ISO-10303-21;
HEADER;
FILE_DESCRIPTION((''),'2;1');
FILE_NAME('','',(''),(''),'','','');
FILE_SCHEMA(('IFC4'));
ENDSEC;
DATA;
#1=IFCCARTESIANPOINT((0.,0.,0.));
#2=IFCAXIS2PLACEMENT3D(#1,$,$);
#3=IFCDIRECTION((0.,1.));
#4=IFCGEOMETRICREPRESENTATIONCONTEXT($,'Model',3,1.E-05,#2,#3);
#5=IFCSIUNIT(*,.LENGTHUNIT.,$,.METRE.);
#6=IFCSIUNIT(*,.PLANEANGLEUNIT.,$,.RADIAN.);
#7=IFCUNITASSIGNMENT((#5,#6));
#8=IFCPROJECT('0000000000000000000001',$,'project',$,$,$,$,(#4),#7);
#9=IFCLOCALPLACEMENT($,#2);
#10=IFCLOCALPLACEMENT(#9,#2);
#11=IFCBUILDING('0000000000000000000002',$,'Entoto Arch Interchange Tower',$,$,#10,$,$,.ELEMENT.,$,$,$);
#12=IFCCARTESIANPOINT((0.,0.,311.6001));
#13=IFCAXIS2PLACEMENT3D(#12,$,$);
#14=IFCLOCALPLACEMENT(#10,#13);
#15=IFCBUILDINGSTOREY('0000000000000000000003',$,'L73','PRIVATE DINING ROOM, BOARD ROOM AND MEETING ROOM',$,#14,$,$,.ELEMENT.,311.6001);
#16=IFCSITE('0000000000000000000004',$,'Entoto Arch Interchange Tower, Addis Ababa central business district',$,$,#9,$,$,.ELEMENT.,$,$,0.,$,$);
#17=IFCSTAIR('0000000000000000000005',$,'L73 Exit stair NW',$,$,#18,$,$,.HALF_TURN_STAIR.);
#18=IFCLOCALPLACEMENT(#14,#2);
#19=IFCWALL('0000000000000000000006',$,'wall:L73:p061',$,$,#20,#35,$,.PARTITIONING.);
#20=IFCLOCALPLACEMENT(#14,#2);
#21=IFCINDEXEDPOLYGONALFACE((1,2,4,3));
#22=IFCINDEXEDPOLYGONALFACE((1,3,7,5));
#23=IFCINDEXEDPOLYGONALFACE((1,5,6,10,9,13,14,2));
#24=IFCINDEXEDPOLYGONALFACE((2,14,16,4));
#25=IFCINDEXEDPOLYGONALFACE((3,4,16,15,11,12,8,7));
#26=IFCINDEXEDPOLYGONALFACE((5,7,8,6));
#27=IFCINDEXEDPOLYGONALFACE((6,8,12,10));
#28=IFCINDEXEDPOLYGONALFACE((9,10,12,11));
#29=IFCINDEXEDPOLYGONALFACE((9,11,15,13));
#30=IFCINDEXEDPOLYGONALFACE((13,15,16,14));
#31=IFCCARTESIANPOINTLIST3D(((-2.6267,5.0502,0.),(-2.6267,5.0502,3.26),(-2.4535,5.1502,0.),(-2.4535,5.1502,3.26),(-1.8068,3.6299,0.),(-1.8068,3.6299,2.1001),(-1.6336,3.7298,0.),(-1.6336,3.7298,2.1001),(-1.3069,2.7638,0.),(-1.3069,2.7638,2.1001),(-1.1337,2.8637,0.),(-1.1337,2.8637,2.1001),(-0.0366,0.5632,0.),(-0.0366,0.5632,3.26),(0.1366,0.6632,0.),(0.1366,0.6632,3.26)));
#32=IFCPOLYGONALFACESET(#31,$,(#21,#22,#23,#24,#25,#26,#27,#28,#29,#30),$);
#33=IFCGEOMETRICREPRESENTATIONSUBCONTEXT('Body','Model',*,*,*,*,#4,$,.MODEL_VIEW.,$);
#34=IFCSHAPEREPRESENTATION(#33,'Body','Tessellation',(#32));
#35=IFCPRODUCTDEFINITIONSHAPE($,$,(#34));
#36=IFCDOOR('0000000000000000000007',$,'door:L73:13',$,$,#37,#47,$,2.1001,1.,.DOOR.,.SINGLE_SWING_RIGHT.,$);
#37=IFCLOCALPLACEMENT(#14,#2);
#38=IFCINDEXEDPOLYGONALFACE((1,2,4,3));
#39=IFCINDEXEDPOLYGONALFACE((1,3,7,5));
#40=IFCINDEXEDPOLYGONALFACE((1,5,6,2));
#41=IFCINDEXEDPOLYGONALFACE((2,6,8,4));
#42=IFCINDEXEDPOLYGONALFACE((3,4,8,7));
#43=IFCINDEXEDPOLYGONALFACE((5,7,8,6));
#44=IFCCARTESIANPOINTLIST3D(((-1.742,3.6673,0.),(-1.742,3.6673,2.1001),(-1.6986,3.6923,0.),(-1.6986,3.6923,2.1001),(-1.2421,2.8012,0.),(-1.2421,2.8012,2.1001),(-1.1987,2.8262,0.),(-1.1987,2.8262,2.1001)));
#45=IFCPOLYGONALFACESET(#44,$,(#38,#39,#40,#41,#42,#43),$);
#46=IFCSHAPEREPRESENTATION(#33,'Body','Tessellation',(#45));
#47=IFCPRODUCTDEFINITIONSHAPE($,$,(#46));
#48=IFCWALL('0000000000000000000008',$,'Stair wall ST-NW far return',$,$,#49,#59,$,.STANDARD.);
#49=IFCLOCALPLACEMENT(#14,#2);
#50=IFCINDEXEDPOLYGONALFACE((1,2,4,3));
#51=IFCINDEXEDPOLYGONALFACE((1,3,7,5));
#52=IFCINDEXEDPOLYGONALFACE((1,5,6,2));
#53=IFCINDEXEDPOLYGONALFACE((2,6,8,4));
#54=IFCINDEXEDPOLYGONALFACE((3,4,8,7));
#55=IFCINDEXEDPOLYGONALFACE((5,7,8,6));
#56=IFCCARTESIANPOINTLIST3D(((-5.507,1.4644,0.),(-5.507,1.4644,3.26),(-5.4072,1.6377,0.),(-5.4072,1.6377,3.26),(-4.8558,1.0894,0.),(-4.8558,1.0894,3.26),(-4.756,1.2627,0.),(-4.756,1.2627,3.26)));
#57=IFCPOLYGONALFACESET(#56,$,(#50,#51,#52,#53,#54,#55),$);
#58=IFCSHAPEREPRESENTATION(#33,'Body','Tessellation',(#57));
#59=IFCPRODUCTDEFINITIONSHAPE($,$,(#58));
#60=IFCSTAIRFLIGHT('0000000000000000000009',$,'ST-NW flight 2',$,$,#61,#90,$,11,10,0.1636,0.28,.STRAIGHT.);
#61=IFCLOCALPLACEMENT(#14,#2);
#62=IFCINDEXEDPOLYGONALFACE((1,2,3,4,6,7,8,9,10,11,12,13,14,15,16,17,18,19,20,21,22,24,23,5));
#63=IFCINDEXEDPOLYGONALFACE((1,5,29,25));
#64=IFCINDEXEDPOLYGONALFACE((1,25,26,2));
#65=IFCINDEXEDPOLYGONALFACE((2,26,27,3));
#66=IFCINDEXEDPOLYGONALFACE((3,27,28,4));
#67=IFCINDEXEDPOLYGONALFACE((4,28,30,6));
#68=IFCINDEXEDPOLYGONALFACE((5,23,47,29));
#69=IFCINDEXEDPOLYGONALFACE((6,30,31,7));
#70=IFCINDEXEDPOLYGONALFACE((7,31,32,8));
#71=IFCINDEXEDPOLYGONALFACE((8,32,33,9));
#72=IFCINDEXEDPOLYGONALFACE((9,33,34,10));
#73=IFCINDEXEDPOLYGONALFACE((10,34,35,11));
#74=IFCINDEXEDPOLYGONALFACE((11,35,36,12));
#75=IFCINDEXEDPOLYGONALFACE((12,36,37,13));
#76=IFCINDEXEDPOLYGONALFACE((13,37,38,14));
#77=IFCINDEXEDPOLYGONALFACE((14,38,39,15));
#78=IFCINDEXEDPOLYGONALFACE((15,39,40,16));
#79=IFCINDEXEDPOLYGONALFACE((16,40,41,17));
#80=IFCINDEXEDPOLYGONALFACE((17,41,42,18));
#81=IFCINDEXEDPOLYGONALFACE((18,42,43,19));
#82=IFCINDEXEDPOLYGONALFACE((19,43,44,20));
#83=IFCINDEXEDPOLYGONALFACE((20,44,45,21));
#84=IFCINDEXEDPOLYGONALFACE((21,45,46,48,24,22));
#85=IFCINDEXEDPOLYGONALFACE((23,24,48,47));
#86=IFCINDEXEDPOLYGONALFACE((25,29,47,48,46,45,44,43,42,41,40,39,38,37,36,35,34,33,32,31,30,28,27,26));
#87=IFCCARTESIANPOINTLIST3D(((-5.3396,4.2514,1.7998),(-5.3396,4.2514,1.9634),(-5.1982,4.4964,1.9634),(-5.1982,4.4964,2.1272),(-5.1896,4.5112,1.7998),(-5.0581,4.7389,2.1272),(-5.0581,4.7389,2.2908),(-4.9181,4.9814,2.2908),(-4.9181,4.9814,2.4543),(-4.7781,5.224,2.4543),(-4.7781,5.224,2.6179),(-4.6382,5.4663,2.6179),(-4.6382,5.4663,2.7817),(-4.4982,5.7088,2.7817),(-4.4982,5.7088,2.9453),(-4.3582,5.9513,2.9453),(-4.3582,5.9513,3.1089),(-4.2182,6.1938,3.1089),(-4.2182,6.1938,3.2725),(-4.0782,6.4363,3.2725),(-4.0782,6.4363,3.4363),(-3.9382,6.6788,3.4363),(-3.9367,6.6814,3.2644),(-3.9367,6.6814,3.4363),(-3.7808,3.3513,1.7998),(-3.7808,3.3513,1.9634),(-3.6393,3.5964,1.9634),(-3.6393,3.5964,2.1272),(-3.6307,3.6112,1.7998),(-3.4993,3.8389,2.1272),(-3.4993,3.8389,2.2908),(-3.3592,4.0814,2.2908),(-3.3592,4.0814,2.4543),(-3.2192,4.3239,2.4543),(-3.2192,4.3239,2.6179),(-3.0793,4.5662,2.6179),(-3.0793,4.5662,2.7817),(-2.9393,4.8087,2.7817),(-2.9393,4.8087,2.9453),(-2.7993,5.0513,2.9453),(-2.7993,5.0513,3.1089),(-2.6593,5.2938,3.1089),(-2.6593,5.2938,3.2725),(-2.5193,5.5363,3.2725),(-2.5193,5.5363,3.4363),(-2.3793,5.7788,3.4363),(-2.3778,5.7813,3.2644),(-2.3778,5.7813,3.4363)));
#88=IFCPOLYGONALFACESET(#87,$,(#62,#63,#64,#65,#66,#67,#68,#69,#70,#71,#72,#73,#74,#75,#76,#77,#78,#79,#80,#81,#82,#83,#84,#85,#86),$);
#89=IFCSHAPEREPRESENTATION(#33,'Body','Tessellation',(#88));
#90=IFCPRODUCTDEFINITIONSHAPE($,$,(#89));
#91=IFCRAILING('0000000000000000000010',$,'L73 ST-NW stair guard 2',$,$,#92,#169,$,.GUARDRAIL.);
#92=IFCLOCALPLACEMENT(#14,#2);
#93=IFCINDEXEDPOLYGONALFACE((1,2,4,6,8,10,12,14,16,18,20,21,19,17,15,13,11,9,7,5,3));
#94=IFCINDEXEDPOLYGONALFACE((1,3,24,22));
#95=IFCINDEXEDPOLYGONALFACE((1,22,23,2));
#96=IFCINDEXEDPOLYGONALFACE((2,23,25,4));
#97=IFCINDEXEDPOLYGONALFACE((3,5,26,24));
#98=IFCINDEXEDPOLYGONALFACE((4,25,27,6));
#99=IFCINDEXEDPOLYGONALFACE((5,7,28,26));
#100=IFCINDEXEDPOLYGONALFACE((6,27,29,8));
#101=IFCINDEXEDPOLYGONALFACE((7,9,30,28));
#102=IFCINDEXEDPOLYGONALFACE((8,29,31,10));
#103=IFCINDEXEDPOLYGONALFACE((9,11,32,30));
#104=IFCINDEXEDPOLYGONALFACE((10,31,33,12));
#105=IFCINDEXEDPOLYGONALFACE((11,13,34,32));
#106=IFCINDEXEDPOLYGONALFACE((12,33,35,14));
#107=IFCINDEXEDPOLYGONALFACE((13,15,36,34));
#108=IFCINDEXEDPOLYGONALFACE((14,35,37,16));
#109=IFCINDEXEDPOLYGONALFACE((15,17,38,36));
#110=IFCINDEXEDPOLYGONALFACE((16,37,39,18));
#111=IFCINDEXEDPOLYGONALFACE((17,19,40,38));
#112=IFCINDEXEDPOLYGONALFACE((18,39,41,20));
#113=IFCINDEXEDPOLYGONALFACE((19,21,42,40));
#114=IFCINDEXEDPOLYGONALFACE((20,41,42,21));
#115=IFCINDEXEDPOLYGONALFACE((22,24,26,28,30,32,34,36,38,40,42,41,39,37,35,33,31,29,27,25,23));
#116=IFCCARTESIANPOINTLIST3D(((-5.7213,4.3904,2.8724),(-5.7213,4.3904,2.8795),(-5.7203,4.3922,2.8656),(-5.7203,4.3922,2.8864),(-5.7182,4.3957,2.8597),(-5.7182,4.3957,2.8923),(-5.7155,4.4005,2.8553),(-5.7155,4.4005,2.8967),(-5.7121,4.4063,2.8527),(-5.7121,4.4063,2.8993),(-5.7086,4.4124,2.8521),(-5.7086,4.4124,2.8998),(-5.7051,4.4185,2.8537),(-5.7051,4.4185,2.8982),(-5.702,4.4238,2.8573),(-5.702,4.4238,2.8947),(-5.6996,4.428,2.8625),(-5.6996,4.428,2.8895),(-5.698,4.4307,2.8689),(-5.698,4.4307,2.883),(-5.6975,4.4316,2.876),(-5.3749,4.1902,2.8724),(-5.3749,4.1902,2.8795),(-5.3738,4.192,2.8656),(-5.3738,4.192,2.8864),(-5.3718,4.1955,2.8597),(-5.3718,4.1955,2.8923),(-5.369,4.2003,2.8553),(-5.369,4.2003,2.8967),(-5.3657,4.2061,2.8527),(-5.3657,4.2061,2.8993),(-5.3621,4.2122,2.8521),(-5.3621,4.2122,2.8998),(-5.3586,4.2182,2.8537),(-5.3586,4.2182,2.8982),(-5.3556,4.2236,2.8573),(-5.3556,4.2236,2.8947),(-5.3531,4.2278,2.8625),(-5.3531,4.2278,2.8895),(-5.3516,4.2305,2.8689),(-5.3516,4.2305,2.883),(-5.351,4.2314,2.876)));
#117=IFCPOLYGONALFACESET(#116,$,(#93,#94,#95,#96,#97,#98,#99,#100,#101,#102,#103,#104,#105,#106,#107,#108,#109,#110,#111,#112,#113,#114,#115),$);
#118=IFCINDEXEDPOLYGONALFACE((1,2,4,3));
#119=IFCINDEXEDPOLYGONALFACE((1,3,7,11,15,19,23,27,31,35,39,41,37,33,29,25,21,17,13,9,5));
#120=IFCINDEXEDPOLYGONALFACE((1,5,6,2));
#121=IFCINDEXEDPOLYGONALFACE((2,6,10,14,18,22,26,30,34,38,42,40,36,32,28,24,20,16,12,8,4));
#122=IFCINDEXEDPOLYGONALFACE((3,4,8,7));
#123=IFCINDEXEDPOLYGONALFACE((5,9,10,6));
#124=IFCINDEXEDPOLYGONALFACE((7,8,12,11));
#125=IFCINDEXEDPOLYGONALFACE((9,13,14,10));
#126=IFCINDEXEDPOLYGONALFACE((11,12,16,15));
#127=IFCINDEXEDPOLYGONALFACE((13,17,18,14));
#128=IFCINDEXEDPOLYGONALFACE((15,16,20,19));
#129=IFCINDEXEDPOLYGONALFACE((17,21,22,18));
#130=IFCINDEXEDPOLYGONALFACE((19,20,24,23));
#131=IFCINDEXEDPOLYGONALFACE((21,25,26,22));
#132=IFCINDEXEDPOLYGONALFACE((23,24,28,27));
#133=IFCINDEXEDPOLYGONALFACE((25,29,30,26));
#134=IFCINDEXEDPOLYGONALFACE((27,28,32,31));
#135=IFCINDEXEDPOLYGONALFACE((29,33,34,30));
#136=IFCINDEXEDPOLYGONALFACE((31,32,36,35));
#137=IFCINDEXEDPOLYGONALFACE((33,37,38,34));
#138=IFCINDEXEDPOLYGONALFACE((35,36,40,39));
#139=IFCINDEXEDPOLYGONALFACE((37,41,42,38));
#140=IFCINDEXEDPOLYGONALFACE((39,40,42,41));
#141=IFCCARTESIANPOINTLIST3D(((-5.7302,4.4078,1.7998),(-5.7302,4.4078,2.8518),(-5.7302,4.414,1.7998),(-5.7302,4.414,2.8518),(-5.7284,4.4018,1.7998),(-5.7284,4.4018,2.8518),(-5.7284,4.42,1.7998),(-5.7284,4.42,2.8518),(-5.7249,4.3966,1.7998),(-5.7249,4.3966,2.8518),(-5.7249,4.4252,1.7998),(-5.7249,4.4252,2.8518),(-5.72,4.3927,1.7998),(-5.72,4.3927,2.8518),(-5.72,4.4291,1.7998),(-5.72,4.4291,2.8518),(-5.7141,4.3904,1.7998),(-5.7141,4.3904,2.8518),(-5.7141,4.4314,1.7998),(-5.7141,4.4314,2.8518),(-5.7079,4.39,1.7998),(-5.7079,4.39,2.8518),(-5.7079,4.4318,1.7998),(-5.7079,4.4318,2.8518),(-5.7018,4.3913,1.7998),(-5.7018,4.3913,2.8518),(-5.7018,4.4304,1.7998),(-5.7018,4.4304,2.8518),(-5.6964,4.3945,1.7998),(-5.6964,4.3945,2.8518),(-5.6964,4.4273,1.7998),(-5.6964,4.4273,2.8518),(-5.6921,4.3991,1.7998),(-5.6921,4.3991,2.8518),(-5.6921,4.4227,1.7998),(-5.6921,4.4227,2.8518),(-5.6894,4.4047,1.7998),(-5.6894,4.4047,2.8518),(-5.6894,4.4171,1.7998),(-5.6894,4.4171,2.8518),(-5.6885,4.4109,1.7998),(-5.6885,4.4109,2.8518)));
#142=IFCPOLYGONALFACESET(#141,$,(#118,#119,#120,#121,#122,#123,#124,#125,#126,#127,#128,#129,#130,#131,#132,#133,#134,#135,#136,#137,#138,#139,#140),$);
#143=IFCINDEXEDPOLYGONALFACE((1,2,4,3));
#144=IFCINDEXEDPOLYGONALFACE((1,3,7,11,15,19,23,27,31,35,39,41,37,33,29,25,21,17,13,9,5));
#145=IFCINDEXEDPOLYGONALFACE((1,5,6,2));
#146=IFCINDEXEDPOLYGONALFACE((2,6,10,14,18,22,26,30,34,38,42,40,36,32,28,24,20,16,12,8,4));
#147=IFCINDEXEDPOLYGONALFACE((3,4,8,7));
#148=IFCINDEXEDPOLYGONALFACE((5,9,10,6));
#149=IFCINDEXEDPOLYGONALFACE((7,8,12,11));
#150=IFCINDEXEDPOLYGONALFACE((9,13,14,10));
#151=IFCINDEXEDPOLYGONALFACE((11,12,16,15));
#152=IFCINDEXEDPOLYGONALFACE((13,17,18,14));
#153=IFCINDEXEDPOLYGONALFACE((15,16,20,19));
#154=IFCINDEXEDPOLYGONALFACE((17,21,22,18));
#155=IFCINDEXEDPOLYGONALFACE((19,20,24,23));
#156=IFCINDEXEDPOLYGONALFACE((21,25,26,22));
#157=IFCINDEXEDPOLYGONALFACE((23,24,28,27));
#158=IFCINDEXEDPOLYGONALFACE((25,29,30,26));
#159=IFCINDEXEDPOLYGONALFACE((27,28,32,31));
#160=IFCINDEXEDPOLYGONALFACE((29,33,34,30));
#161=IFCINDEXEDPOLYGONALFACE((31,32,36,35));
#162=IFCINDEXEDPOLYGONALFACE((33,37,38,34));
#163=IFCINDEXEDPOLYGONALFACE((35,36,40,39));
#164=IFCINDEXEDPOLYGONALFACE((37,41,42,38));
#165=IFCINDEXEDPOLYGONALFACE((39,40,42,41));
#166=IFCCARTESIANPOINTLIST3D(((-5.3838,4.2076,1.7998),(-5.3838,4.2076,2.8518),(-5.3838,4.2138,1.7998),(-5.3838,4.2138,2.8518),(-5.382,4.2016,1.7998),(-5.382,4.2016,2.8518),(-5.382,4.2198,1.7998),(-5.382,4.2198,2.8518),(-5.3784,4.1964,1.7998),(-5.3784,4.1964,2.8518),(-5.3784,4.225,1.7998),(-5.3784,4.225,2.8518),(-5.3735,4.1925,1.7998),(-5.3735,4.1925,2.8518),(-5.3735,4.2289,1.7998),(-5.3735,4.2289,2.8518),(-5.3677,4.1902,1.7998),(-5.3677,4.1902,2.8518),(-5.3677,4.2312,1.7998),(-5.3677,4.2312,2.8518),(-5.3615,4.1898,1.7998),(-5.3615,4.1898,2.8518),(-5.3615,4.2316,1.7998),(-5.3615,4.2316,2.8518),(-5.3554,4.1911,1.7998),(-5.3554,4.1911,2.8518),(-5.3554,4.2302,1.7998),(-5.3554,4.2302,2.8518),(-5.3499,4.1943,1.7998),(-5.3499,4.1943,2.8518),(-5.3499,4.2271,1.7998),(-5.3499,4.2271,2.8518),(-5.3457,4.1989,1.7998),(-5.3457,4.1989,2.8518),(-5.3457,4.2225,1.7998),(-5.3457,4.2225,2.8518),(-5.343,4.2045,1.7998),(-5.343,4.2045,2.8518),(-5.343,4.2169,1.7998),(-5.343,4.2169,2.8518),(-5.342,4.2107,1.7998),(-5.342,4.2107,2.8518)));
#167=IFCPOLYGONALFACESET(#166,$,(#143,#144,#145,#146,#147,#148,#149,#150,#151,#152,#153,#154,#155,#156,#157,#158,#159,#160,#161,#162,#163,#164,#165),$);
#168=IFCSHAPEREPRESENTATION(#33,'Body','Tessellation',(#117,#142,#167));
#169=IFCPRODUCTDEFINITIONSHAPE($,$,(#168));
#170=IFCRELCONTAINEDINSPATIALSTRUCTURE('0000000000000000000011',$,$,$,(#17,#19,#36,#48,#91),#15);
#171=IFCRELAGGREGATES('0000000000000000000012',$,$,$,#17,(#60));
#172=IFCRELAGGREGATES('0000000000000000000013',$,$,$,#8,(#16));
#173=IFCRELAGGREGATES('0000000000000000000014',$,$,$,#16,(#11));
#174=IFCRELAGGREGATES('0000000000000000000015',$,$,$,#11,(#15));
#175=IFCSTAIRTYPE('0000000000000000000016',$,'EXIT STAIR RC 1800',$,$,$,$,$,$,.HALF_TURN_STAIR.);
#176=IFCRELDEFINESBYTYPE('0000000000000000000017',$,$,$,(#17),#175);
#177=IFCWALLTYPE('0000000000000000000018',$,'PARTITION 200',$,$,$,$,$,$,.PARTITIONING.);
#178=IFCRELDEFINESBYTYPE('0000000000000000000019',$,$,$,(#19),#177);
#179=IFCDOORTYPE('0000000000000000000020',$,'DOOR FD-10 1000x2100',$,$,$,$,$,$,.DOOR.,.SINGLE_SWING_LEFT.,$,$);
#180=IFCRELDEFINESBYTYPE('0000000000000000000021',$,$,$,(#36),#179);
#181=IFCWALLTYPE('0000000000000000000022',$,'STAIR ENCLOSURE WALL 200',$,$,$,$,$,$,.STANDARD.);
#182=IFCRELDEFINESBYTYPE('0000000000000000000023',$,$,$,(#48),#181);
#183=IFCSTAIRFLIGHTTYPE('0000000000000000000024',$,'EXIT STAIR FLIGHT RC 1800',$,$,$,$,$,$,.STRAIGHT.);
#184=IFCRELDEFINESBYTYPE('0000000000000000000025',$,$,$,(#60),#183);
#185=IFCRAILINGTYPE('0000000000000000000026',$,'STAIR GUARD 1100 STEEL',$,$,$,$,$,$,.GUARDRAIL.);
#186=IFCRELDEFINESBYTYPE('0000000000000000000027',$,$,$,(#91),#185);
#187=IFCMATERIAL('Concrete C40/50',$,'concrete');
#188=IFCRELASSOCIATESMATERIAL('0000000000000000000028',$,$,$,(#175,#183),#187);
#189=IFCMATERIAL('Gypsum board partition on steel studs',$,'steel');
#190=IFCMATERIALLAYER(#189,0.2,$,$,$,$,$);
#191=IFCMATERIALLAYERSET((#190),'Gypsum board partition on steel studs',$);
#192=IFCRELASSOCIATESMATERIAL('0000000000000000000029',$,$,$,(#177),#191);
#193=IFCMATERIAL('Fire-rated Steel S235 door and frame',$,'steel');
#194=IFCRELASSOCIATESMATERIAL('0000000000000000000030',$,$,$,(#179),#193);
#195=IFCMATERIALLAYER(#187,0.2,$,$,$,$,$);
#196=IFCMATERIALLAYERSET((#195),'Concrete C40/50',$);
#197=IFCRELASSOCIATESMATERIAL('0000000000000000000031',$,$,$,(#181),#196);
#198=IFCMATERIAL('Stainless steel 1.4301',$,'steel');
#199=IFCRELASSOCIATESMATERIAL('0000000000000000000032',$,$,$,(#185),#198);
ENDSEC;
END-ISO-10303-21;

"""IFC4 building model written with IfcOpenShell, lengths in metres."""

from ifc_helpers import new_model, si_unit, direction, frame, frame_2d, origin, origin_2d, place, context, subcontext, project, spatial, polyline, rectangle, circle, outline, extrude, material, layer, layer_set, type_object, element, fill, aggregate, save


model = new_model("IFC4")

# Units and contexts
model_context = context("Model", 3, precision=1e-05, world=origin(), true_north=direction((0.0, 1.0)))
body_context = subcontext(model_context, "Body", "Model", "MODEL_VIEW")
ifc_project = project(units=[si_unit("LENGTHUNIT", "METRE"), si_unit("PLANEANGLEUNIT", "RADIAN")], contexts=[model_context])

# Site, building, storey
site_placement = place(None, origin())
site = spatial("IfcSite", under=ifc_project, at=site_placement, Name="Entoto Arch Interchange Tower, Addis Ababa central business district", CompositionType="ELEMENT", RefElevation=0.0)
building_placement = place(site_placement, origin())
building = spatial("IfcBuilding", under=site, at=building_placement, Name="Entoto Arch Interchange Tower", CompositionType="ELEMENT")
storey_placement = place(building_placement, frame((0.0, 0.0, 311.6001)))
storey = spatial("IfcBuildingStorey", under=building, at=storey_placement, Name="L73", Description="PRIVATE DINING ROOM, BOARD ROOM AND MEETING ROOM", CompositionType="ELEMENT", Elevation=311.6001)

# Shared definitions
ifc_material_1 = material(Name="Concrete C40/50", Category="concrete")

# Stair
stair_type = type_object("IfcStairType", Name="EXIT STAIR RC 1800", PredefinedType="HALF_TURN_STAIR", material=ifc_material_1)
stair_1_placement = place(storey_placement, origin())
stair_1 = element("IfcStair", 1, at=stair_1_placement, inside=storey, type_object=stair_type, Name="L73 Exit stair NW", PredefinedType="HALF_TURN_STAIR")

# Shared definitions
ifc_material_2 = material(Name="Gypsum board partition on steel studs", Category="steel")
ifc_layer_1 = layer(ifc_material_2, 0.2)
ifc_layer_set_1 = layer_set([ifc_layer_1], Name="Gypsum board partition on steel studs")
wall_type_1 = type_object("IfcWallType", Name="PARTITION 200", PredefinedType="PARTITIONING", material=ifc_layer_set_1)

# Wall, opening, door
wall_1_placement = place(storey_placement, frame((-2.54, 5.1001, 0.0), z_axis=(0.0, 0.0, 1.0), x_axis=(0.499925, -0.866069, 0.0)))
wall_1 = element("IfcWall", 2, at=wall_1_placement, inside=storey, type_object=wall_type_1, Name="wall:L73:p061", PredefinedType="PARTITIONING", context=body_context, shape_type="SweptSolid", body=[
    extrude(rectangle(XDim=5.1809, YDim=0.2, at=frame_2d((2.5903, 0.0))), origin(), (0.0, 0.0, 1.0), 3.26),
])
opening_placement = place(wall_1_placement, frame((1.6399, 0.0, 0.0)))
opening = element("IfcOpeningElement", 3, at=opening_placement, cuts=wall_1, PredefinedType="OPENING", context=body_context, shape_type="SweptSolid", body=[
    extrude(rectangle(XDim=1.0, YDim=2.1001, at=frame_2d((0.5, 1.05))), frame((0.0, 0.1099, 0.0), z_axis=(0.0, -1.0, 0.0), x_axis=(1.0, 0.0, 0.0)), (0.0, 0.0, 1.0), 0.22),
])
ifc_material_3 = material(Name="Fire-rated Steel S235 door and frame", Category="steel")
door_type = type_object("IfcDoorType", Name="DOOR FD-10 1000x2100", OperationType="SINGLE_SWING_LEFT", PredefinedType="DOOR", material=ifc_material_3)
door_placement = place(opening_placement, origin())
door = element("IfcDoor", 4, at=door_placement, inside=storey, type_object=door_type, Name="door:L73:13", OperationType="SINGLE_SWING_RIGHT", OverallHeight=2.1001, OverallWidth=1.0, PredefinedType="DOOR", context=body_context, shape_type="SweptSolid", body=[
    extrude(rectangle(XDim=1.0, YDim=2.1001, at=frame_2d((0.5, 1.05))), frame((0.0, 0.0249, 0.0), z_axis=(0.0, -1.0, 0.0), x_axis=(1.0, 0.0, 0.0)), (0.0, 0.0, 1.0), 0.05),
])
fill(opening, door)

# Wall
ifc_layer_2 = layer(ifc_material_1, 0.2)
ifc_layer_set_2 = layer_set([ifc_layer_2], Name="Concrete C40/50")
wall_type_2 = type_object("IfcWallType", Name="STAIR ENCLOSURE WALL 200", PredefinedType="STANDARD", material=ifc_layer_set_2)
wall_2_placement = place(storey_placement, frame((-4.8059, 1.176, 0.0), z_axis=(0.0, 0.0, 1.0), x_axis=(-0.866559, 0.499075, 0.0)))
element("IfcWall", 5, at=wall_2_placement, inside=storey, type_object=wall_type_2, Name="Stair wall ST-NW far return", PredefinedType="STANDARD", context=body_context, shape_type="SweptSolid", body=[
    extrude(rectangle(XDim=0.7515, YDim=0.2, at=frame_2d((0.3757, 0.0))), origin(), (0.0, 0.0, 1.0), 3.26),
])

# Stair flight
stair_flight_type = type_object("IfcStairFlightType", Name="EXIT STAIR FLIGHT RC 1800", PredefinedType="STRAIGHT", material=ifc_material_1)
stair_flight_placement = place(storey_placement, frame((-4.5588, 3.804, 1.7998), z_axis=(0.0, 0.0, 1.0), x_axis=(0.5, 0.866025, 0.0)))
stair_flight = element("IfcStairFlight", 6, at=stair_flight_placement, type_object=stair_flight_type, Name="ST-NW flight 2", NumberOfRisers=11, NumberOfTreads=10, PredefinedType="STRAIGHT", RiserHeight=0.1636, TreadLength=0.28, context=body_context, shape_type="SweptSolid", body=[
    extrude(outline(polyline([(-0.0029, 0.0), (-0.0029, 0.1636), (0.28, 0.1636), (0.28, 0.3274), (0.5601, 0.3274), (0.5601, 0.491), (0.8401, 0.491), (0.8401, 0.6545), (1.1201, 0.6545), (1.1201, 0.8181), (1.3999, 0.8181), (1.3999, 0.9819), (1.6799, 0.9819), (1.6799, 1.1455), (1.96, 1.1455), (1.96, 1.3091), (2.24, 1.3091), (2.24, 1.4727), (2.52, 1.4727), (2.52, 1.6365), (2.8, 1.6365), (2.803, 1.6365), (2.803, 1.4646), (0.2971, 0.0), (-0.0029, 0.0)])), frame((0.0, 0.8999, 0.0), z_axis=(0.0, -1.0, 0.0), x_axis=(1.0, 0.0, 0.0)), (0.0, 0.0, 1.0), 1.8),
])
aggregate(stair_1, [stair_flight])

# Railing
ifc_material_4 = material(Name="Stainless steel 1.4301", Category="steel")
railing_type_1 = type_object("IfcRailingType", Name="STAIR GUARD 1100 STEEL", PredefinedType="GUARDRAIL", material=ifc_material_4)
railing_1_placement = place(storey_placement, frame((-5.7095, 4.4109, 1.7998)))
element("IfcRailing", 7, at=railing_1_placement, inside=storey, type_object=railing_type_1, Name="L73 ST-NW stair guard 2", PredefinedType="GUARDRAIL", context=body_context, shape_type="SweptSolid", body=[
    extrude(circle(Radius=0.0239, at=origin_2d()), frame((0.0, 0.0, 1.0762), z_axis=(0.86583, -0.500339, 0.0), x_axis=(0.500339, 0.86583, 0.0)), (0.0, 0.0, 1.0), 0.4001),
    extrude(circle(Radius=0.021, at=origin_2d()), origin(), (0.0, 0.0, 1.0), 1.052),
    extrude(circle(Radius=0.021, at=origin_2d()), frame((0.3464, -0.2002, 0.0)), (0.0, 0.0, 1.0), 1.052),
])

save(model, "model.ifc")
